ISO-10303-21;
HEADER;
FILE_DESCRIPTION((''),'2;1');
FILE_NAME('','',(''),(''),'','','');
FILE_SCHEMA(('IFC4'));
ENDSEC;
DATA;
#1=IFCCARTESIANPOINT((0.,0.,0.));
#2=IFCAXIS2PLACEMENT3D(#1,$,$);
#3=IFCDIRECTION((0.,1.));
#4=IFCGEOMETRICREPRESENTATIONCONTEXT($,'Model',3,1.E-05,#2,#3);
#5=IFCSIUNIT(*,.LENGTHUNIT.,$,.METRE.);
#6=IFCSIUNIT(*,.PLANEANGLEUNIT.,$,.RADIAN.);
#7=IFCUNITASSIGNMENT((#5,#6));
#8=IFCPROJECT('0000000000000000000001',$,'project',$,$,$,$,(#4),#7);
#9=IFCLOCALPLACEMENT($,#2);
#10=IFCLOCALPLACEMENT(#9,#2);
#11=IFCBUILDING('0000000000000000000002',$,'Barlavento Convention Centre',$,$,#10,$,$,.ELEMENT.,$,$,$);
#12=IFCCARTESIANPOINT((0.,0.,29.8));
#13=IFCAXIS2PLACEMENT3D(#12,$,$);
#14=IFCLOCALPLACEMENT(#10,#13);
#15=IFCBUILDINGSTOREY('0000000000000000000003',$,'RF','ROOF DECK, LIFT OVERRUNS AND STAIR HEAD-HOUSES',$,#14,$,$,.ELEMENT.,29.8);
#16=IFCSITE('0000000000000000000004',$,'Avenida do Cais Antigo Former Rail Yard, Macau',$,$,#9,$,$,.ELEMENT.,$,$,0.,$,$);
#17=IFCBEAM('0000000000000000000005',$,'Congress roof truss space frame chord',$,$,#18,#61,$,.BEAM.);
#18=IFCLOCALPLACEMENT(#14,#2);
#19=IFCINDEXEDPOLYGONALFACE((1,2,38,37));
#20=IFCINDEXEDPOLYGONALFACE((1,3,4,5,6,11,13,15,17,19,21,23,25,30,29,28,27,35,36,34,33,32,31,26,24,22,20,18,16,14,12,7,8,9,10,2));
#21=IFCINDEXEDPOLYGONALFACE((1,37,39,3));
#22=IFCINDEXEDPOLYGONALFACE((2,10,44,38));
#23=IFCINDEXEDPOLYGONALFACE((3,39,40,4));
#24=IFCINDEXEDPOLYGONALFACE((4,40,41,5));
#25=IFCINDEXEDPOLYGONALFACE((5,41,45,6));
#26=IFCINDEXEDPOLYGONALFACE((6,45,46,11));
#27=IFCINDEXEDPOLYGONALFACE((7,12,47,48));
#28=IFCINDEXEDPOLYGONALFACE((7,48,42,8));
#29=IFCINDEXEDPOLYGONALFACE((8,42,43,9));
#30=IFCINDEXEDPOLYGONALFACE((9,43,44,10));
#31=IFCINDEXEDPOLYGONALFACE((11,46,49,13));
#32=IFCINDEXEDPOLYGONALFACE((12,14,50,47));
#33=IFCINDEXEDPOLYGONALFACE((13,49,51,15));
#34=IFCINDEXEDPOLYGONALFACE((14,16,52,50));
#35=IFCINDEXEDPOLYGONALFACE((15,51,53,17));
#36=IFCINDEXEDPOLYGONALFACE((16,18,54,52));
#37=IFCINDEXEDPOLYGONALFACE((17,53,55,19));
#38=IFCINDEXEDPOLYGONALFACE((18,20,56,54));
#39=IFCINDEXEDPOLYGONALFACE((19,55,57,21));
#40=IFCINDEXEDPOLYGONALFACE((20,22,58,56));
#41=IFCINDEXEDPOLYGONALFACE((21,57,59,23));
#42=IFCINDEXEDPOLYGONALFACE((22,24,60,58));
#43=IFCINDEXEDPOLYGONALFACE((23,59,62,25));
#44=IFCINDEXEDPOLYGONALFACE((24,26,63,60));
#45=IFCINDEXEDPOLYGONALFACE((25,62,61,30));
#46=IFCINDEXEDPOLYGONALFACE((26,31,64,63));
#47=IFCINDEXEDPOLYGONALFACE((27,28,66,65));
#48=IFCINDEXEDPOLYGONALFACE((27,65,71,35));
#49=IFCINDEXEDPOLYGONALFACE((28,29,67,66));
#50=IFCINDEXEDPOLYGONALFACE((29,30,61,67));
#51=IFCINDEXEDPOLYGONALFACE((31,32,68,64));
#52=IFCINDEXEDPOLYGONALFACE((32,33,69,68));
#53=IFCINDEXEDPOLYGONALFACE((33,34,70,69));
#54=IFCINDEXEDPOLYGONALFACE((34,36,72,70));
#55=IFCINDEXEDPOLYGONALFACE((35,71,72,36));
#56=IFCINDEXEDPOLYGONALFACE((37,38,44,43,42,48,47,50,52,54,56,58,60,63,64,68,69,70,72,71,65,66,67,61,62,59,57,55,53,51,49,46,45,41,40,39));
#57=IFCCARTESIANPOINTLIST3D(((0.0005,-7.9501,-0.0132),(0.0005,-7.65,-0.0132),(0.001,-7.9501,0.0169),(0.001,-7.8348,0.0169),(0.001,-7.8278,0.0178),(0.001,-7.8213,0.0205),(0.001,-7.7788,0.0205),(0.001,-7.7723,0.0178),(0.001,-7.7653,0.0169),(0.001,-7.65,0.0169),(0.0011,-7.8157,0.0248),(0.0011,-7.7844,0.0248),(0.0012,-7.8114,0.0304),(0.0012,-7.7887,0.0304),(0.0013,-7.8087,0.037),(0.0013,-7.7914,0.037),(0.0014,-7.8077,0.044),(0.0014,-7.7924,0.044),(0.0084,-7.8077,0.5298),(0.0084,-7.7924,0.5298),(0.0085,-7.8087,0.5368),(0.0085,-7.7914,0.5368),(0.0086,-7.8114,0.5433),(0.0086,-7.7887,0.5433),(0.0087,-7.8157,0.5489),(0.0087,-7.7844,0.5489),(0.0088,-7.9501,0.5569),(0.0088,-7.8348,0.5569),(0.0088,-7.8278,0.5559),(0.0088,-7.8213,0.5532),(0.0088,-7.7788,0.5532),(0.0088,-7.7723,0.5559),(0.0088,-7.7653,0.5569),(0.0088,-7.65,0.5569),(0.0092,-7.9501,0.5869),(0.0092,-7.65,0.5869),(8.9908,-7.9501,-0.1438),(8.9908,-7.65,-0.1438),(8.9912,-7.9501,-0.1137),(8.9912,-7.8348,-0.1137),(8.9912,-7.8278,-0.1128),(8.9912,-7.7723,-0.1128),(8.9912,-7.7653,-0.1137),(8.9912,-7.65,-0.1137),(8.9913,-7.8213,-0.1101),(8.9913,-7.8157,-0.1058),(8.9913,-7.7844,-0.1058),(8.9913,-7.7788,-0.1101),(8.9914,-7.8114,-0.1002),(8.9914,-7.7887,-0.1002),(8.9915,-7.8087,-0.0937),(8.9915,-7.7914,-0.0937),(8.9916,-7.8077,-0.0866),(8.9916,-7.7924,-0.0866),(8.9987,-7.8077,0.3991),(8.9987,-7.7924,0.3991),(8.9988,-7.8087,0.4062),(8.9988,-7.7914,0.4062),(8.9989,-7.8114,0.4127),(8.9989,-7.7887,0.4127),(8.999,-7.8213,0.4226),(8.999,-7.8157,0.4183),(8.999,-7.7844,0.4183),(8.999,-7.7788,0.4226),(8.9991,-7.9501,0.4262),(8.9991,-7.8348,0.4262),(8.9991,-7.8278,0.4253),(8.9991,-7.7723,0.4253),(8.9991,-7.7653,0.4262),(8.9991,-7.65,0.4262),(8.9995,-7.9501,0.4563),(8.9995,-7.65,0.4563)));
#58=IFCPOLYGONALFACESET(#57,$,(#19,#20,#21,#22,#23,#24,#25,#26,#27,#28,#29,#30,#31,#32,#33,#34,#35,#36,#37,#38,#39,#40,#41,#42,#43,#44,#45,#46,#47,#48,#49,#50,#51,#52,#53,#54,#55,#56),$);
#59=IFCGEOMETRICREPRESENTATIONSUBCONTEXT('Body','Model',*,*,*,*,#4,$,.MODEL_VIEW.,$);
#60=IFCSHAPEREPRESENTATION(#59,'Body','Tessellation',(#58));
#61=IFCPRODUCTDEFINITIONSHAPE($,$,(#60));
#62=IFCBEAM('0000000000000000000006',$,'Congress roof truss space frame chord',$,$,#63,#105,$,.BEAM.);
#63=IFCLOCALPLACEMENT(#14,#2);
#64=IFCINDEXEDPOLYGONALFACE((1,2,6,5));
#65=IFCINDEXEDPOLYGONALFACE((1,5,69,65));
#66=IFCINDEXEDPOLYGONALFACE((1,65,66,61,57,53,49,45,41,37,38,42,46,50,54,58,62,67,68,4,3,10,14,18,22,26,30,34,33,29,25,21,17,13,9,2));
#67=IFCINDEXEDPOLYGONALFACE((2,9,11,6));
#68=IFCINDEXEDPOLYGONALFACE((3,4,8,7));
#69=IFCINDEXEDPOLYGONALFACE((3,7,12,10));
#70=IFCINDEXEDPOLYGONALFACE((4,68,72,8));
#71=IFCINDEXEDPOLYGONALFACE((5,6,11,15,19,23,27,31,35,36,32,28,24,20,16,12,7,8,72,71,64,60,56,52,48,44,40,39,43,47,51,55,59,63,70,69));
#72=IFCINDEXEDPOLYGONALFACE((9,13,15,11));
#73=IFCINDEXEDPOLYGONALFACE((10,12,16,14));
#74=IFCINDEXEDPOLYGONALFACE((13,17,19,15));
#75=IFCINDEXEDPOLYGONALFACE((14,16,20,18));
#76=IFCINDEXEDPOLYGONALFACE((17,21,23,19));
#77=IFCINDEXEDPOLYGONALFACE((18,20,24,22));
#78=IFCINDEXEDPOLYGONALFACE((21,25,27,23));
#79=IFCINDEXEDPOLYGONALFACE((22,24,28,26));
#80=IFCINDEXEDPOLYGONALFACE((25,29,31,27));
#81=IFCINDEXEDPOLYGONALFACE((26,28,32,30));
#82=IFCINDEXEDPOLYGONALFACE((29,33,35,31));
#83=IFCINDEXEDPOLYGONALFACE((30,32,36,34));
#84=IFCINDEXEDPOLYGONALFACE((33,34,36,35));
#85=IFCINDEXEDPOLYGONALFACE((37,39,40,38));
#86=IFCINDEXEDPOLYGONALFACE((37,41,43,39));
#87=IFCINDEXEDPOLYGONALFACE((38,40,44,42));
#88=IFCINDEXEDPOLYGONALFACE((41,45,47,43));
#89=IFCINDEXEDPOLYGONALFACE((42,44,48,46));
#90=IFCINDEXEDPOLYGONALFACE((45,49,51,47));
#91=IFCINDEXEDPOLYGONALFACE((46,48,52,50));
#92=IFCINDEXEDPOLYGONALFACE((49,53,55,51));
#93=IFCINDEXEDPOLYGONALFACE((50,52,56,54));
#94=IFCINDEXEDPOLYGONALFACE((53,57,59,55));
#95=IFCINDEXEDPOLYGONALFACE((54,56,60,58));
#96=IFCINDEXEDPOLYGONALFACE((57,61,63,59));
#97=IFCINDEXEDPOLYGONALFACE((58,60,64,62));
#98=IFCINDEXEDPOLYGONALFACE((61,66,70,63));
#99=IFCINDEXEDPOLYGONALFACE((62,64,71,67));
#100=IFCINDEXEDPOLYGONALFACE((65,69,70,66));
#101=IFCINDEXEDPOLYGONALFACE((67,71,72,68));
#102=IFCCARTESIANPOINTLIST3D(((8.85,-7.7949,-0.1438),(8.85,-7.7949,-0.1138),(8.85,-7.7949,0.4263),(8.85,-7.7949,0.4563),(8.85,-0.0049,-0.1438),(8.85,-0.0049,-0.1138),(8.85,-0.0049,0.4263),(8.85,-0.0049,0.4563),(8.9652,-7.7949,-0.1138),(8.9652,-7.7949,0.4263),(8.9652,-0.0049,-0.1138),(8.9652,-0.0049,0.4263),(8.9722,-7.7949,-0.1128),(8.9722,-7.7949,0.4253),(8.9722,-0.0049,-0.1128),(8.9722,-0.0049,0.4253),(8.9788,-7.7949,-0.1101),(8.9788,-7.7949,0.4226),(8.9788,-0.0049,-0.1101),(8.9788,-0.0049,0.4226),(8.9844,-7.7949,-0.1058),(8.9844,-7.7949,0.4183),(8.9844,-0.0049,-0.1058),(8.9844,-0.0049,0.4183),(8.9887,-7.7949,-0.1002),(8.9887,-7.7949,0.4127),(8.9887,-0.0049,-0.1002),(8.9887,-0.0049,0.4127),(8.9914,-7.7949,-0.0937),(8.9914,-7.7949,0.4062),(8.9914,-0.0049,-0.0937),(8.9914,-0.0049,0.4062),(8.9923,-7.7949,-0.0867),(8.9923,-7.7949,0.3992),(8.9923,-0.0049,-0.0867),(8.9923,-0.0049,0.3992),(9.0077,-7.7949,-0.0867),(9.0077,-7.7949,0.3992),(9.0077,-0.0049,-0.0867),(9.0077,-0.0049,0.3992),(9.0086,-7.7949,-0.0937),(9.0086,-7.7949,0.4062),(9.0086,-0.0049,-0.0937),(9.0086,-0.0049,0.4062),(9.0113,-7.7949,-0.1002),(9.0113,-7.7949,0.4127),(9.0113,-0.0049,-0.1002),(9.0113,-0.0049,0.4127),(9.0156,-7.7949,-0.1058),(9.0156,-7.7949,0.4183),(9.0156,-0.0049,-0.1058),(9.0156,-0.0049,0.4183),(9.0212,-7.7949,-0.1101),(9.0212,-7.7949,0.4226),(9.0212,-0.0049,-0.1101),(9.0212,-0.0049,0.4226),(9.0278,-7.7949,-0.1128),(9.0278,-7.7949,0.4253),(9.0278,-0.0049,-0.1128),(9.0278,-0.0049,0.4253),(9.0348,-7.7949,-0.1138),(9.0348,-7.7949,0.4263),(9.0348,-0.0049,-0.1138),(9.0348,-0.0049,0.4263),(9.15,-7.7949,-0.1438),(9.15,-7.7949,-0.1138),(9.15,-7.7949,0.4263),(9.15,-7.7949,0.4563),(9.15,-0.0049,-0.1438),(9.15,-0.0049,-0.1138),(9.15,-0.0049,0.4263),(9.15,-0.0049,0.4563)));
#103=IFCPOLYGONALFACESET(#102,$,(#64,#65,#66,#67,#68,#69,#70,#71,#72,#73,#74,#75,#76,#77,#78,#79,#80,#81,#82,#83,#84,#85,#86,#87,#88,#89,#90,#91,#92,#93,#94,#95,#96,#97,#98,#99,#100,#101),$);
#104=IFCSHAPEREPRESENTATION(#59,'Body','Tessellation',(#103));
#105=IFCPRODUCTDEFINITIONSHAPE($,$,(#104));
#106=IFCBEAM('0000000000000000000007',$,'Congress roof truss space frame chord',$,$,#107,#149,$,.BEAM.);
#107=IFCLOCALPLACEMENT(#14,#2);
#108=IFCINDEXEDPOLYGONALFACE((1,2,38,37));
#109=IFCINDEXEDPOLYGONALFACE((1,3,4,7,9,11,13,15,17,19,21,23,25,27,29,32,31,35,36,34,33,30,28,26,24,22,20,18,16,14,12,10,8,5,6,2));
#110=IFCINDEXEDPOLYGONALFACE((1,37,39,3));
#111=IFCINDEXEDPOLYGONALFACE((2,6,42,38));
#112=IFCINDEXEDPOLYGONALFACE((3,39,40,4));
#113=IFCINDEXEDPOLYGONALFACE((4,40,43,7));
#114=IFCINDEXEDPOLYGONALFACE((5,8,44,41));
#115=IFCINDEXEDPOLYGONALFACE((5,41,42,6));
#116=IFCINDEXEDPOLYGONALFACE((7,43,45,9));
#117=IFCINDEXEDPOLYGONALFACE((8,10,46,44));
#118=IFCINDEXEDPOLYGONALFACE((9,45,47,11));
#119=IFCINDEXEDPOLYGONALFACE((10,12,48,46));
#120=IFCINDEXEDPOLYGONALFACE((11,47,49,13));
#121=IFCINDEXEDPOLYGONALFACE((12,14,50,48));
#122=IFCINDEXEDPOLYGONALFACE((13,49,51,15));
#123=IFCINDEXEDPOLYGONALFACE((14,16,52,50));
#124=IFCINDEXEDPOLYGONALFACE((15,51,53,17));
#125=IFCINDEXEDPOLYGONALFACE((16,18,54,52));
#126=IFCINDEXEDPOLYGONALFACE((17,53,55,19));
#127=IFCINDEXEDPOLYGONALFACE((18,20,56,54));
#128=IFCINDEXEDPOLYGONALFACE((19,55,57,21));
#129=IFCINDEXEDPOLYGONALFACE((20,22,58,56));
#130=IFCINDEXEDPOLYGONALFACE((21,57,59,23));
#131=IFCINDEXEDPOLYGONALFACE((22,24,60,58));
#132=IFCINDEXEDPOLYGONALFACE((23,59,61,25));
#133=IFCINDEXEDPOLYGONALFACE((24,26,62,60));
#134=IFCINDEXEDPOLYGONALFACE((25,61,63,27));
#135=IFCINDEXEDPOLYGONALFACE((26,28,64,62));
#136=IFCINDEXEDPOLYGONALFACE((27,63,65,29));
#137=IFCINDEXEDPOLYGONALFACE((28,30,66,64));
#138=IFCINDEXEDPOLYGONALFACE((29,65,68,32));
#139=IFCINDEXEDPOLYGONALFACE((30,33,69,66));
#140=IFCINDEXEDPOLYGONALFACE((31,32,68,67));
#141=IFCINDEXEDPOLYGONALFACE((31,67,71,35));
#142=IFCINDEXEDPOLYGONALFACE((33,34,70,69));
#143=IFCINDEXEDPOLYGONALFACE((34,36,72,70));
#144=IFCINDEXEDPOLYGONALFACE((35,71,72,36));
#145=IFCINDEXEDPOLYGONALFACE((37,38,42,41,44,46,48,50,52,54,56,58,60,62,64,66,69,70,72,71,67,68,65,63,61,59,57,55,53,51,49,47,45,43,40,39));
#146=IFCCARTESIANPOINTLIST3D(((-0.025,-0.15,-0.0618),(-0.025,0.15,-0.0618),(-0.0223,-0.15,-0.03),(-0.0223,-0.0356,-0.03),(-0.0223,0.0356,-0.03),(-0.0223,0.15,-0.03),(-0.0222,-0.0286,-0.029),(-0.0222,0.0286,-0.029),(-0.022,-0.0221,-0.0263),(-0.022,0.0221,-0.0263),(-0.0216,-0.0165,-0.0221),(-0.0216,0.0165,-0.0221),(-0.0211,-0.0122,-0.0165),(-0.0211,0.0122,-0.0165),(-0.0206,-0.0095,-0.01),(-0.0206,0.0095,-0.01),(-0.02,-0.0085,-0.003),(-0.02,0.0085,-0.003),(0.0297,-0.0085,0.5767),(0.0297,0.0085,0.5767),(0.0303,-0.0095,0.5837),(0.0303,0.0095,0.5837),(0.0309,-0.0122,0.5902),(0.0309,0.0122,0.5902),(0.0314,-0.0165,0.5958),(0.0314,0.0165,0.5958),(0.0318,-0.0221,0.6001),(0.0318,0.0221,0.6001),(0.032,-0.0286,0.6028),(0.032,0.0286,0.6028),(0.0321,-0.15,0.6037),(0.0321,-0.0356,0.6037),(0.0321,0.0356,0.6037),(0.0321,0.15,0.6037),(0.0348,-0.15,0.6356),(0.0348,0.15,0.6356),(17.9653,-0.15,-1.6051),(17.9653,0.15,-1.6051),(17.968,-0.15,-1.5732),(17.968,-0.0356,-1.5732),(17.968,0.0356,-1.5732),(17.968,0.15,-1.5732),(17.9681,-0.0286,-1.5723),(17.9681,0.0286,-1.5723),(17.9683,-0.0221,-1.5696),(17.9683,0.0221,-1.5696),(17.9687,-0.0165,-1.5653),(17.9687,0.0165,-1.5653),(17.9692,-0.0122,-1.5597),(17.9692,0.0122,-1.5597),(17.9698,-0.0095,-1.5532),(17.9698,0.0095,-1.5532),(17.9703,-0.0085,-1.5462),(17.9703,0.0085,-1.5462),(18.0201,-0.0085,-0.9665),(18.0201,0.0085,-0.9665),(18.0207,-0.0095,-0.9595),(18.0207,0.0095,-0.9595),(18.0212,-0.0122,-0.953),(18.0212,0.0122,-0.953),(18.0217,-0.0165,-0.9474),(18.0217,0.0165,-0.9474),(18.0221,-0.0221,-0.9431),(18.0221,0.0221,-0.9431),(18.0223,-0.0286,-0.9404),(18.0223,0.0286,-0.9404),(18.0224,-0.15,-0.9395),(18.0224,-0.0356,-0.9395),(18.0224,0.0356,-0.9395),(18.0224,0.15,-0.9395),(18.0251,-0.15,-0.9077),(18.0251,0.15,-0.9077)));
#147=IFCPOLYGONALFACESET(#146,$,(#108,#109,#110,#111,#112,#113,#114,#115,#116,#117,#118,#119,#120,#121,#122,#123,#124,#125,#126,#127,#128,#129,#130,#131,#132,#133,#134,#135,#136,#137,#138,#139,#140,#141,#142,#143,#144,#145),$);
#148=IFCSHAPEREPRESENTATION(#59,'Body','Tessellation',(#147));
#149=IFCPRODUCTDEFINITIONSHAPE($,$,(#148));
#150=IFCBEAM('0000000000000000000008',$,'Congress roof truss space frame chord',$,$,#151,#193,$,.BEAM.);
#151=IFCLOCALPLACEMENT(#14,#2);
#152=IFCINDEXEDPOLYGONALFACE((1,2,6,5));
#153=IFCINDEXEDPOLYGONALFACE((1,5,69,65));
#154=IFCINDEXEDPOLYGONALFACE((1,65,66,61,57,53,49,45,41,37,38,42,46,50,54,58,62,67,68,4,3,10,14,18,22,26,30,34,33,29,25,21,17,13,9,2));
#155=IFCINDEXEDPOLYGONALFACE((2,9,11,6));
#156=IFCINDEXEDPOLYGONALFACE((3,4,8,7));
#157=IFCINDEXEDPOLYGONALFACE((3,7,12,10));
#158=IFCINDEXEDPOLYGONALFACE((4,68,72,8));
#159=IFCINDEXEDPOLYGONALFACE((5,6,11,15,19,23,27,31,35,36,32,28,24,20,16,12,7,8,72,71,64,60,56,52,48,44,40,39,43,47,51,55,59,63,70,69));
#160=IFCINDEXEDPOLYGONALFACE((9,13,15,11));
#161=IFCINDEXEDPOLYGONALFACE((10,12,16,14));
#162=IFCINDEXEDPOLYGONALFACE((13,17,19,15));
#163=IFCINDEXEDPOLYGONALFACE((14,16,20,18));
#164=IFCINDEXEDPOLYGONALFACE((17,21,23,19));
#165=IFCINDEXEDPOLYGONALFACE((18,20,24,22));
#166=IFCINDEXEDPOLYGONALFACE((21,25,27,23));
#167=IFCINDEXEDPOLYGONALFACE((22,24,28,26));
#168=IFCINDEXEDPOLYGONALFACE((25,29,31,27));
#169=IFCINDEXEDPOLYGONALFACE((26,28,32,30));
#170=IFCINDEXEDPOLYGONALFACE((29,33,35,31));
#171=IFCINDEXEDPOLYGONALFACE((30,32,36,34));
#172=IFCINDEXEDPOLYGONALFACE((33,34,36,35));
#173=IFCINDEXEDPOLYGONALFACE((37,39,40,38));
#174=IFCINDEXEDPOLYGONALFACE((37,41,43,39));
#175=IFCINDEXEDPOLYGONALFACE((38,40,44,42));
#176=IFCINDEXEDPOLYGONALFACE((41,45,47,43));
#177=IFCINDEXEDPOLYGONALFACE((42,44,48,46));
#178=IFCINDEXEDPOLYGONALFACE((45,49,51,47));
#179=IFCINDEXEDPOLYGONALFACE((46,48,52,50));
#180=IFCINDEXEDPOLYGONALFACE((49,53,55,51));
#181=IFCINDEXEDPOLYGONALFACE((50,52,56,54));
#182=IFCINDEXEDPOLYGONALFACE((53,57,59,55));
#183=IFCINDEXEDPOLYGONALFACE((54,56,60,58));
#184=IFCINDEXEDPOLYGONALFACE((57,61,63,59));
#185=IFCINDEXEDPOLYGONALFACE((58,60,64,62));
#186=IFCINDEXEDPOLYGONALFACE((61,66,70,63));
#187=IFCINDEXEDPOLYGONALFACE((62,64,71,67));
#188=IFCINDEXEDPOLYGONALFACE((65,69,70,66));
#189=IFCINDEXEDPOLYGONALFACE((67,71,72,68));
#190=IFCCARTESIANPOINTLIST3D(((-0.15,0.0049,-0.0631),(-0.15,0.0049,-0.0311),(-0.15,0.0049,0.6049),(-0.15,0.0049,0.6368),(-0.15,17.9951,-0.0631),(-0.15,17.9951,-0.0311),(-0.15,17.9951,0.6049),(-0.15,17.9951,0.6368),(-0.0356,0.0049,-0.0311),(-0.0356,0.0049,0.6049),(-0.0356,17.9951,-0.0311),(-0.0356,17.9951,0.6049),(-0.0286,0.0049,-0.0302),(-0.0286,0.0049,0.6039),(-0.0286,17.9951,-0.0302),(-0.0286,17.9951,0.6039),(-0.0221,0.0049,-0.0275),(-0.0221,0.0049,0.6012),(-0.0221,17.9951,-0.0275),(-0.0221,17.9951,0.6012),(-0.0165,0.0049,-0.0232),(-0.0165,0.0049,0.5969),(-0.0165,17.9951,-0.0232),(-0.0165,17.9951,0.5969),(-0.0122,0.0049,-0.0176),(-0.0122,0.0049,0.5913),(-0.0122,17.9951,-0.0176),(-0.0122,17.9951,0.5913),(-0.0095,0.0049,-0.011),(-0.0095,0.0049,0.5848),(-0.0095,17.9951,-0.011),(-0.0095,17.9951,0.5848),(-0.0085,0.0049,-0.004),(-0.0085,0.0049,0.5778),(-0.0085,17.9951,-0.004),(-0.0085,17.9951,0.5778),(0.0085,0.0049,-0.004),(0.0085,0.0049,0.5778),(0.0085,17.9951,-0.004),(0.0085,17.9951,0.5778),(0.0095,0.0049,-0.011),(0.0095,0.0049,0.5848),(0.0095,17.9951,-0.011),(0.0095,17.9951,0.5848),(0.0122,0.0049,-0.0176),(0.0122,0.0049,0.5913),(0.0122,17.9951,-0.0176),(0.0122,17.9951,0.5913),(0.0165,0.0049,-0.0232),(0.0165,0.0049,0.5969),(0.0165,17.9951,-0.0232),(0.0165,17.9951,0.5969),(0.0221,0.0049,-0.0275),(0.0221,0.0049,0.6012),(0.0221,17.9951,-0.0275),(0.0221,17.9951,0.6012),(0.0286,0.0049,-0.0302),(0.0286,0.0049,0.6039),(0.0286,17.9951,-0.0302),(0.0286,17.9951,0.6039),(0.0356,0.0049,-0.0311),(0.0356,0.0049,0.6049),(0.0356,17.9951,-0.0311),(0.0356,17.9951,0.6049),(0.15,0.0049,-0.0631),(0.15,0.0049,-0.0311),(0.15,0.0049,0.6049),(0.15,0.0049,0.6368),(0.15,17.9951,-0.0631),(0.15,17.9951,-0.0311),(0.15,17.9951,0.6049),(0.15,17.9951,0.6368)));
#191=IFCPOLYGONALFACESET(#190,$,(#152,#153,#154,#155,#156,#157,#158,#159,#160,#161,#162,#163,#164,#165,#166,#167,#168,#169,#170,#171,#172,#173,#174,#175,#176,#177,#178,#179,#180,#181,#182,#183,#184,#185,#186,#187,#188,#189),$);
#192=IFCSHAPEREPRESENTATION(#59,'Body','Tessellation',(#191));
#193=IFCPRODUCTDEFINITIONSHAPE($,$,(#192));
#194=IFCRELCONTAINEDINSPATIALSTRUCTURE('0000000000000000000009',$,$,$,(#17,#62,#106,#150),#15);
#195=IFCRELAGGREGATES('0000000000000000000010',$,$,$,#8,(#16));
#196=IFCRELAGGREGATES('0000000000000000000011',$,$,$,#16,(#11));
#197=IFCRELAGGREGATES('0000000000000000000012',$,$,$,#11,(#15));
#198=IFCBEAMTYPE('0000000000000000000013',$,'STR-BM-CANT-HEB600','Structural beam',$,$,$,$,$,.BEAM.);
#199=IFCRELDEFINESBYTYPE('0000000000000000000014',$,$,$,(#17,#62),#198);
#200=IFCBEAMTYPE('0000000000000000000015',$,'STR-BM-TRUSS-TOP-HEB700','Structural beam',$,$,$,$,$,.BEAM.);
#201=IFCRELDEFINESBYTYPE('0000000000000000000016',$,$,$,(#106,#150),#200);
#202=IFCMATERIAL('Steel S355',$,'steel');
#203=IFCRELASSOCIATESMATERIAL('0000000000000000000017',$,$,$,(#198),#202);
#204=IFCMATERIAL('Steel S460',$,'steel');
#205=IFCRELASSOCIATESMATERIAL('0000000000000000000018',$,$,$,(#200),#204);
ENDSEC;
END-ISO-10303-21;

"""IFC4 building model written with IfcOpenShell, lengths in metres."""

from ifc_helpers import new_model, si_unit, direction, frame, origin, origin_2d, place, context, subcontext, project, spatial, i_section, extrude, material, material_profile, profile_set, type_object, element, save


model = new_model("IFC4")

# Units and contexts
model_context = context("Model", 3, precision=1e-05, world=origin(), true_north=direction((0.0, 1.0)))
body_context = subcontext(model_context, "Body", "Model", "MODEL_VIEW")
ifc_project = project(units=[si_unit("LENGTHUNIT", "METRE"), si_unit("PLANEANGLEUNIT", "RADIAN")], contexts=[model_context])

# Site, building, storey
site_placement = place(None, origin())
site = spatial("IfcSite", under=ifc_project, at=site_placement, Name="Avenida do Cais Antigo Former Rail Yard, Macau", CompositionType="ELEMENT", RefElevation=0.0)
building_placement = place(site_placement, origin())
building = spatial("IfcBuilding", under=site, at=building_placement, Name="Barlavento Convention Centre", CompositionType="ELEMENT")
storey_placement = place(building_placement, frame((0.0, 0.0, 29.8)))
storey = spatial("IfcBuildingStorey", under=building, at=storey_placement, Name="RF", Description="ROOF DECK, LIFT OVERRUNS AND STAIR HEAD-HOUSES", CompositionType="ELEMENT", Elevation=29.8)

# Beams
ifc_material_1 = material(Name="Steel S355", Category="steel")
ifc_material_profile_1 = material_profile(ifc_material_1, i_section(OverallWidth=0.3, OverallDepth=0.6001, WebThickness=0.0154, FlangeThickness=0.03, FilletRadius=0.0271, at=origin_2d()), Name="HEB 600")
ifc_profile_set_1 = profile_set([ifc_material_profile_1], Name="Steel S355")
beam_type_1 = type_object("IfcBeamType", Name="STR-BM-CANT-HEB600", Description="Structural beam", PredefinedType="BEAM", material=ifc_profile_set_1)
beam_1_placement = place(storey_placement, frame((0.0049, -7.8, 0.2869), z_axis=(0.999894, 0.0, -0.014527), x_axis=(0.0, 1.0, 0.0)))
element("IfcBeam", 1, at=beam_1_placement, inside=storey, type_object=beam_type_1, Name="Congress roof truss space frame chord", PredefinedType="BEAM", context=body_context, shape_type="SweptSolid", body=[
    extrude(i_section(OverallWidth=0.3, OverallDepth=0.6001, WebThickness=0.0154, FlangeThickness=0.03, FilletRadius=0.0271, at=origin_2d()), origin(), (0.0, 0.0, 1.0), 8.9912),
])
beam_2_placement = place(storey_placement, frame((9.0, -7.7949, 0.1562), z_axis=(0.0, 1.0, 0.0), x_axis=(-1.0, 0.0, 0.0)))
element("IfcBeam", 2, at=beam_2_placement, inside=storey, type_object=beam_type_1, Name="Congress roof truss space frame chord", PredefinedType="BEAM", context=body_context, shape_type="SweptSolid", body=[
    extrude(i_section(OverallWidth=0.3, OverallDepth=0.6001, WebThickness=0.0154, FlangeThickness=0.03, FilletRadius=0.0271, at=origin_2d()), origin(), (0.0, 0.0, 1.0), 7.79),
])
ifc_material_2 = material(Name="Steel S460", Category="steel")
ifc_material_profile_2 = material_profile(ifc_material_2, i_section(OverallWidth=0.3, OverallDepth=0.7, WebThickness=0.0171, FlangeThickness=0.032, FilletRadius=0.0271, at=origin_2d()), Name="HEB 700")
ifc_profile_set_2 = profile_set([ifc_material_profile_2], Name="Steel S460")
beam_type_2 = type_object("IfcBeamType", Name="STR-BM-TRUSS-TOP-HEB700", Description="Structural beam", PredefinedType="BEAM", material=ifc_profile_set_2)
beam_3_placement = place(storey_placement, frame((0.0049, 0.0, 0.2869), z_axis=(0.996341, 0.0, -0.085467), x_axis=(0.0, 1.0, 0.0)))
element("IfcBeam", 3, at=beam_3_placement, inside=storey, type_object=beam_type_2, Name="Congress roof truss space frame chord", PredefinedType="BEAM", context=body_context, shape_type="SweptSolid", body=[
    extrude(i_section(OverallWidth=0.3, OverallDepth=0.7, WebThickness=0.0171, FlangeThickness=0.032, FilletRadius=0.0271, at=origin_2d()), origin(), (0.0, 0.0, 1.0), 18.0564),
])
for number, where, z_axis, x_axis, name in (
    (4, (0.0, 0.0049, 0.2869), (0.0, 1.0, 0.0), (-1.0, 0.0, 0.0), "Congress roof truss space frame chord"),
):
    element("IfcBeam", number, at=place(storey_placement, frame(where, z_axis=z_axis, x_axis=x_axis)), inside=storey, type_object=beam_type_2, Name=name, PredefinedType="BEAM", context=body_context, shape_type="SweptSolid", body=[
        extrude(i_section(OverallWidth=0.3, OverallDepth=0.7, WebThickness=0.0171, FlangeThickness=0.032, FilletRadius=0.0271, at=origin_2d()), origin(), (0.0, 0.0, 1.0), 17.9902),
    ])

save(model, "model.ifc")
